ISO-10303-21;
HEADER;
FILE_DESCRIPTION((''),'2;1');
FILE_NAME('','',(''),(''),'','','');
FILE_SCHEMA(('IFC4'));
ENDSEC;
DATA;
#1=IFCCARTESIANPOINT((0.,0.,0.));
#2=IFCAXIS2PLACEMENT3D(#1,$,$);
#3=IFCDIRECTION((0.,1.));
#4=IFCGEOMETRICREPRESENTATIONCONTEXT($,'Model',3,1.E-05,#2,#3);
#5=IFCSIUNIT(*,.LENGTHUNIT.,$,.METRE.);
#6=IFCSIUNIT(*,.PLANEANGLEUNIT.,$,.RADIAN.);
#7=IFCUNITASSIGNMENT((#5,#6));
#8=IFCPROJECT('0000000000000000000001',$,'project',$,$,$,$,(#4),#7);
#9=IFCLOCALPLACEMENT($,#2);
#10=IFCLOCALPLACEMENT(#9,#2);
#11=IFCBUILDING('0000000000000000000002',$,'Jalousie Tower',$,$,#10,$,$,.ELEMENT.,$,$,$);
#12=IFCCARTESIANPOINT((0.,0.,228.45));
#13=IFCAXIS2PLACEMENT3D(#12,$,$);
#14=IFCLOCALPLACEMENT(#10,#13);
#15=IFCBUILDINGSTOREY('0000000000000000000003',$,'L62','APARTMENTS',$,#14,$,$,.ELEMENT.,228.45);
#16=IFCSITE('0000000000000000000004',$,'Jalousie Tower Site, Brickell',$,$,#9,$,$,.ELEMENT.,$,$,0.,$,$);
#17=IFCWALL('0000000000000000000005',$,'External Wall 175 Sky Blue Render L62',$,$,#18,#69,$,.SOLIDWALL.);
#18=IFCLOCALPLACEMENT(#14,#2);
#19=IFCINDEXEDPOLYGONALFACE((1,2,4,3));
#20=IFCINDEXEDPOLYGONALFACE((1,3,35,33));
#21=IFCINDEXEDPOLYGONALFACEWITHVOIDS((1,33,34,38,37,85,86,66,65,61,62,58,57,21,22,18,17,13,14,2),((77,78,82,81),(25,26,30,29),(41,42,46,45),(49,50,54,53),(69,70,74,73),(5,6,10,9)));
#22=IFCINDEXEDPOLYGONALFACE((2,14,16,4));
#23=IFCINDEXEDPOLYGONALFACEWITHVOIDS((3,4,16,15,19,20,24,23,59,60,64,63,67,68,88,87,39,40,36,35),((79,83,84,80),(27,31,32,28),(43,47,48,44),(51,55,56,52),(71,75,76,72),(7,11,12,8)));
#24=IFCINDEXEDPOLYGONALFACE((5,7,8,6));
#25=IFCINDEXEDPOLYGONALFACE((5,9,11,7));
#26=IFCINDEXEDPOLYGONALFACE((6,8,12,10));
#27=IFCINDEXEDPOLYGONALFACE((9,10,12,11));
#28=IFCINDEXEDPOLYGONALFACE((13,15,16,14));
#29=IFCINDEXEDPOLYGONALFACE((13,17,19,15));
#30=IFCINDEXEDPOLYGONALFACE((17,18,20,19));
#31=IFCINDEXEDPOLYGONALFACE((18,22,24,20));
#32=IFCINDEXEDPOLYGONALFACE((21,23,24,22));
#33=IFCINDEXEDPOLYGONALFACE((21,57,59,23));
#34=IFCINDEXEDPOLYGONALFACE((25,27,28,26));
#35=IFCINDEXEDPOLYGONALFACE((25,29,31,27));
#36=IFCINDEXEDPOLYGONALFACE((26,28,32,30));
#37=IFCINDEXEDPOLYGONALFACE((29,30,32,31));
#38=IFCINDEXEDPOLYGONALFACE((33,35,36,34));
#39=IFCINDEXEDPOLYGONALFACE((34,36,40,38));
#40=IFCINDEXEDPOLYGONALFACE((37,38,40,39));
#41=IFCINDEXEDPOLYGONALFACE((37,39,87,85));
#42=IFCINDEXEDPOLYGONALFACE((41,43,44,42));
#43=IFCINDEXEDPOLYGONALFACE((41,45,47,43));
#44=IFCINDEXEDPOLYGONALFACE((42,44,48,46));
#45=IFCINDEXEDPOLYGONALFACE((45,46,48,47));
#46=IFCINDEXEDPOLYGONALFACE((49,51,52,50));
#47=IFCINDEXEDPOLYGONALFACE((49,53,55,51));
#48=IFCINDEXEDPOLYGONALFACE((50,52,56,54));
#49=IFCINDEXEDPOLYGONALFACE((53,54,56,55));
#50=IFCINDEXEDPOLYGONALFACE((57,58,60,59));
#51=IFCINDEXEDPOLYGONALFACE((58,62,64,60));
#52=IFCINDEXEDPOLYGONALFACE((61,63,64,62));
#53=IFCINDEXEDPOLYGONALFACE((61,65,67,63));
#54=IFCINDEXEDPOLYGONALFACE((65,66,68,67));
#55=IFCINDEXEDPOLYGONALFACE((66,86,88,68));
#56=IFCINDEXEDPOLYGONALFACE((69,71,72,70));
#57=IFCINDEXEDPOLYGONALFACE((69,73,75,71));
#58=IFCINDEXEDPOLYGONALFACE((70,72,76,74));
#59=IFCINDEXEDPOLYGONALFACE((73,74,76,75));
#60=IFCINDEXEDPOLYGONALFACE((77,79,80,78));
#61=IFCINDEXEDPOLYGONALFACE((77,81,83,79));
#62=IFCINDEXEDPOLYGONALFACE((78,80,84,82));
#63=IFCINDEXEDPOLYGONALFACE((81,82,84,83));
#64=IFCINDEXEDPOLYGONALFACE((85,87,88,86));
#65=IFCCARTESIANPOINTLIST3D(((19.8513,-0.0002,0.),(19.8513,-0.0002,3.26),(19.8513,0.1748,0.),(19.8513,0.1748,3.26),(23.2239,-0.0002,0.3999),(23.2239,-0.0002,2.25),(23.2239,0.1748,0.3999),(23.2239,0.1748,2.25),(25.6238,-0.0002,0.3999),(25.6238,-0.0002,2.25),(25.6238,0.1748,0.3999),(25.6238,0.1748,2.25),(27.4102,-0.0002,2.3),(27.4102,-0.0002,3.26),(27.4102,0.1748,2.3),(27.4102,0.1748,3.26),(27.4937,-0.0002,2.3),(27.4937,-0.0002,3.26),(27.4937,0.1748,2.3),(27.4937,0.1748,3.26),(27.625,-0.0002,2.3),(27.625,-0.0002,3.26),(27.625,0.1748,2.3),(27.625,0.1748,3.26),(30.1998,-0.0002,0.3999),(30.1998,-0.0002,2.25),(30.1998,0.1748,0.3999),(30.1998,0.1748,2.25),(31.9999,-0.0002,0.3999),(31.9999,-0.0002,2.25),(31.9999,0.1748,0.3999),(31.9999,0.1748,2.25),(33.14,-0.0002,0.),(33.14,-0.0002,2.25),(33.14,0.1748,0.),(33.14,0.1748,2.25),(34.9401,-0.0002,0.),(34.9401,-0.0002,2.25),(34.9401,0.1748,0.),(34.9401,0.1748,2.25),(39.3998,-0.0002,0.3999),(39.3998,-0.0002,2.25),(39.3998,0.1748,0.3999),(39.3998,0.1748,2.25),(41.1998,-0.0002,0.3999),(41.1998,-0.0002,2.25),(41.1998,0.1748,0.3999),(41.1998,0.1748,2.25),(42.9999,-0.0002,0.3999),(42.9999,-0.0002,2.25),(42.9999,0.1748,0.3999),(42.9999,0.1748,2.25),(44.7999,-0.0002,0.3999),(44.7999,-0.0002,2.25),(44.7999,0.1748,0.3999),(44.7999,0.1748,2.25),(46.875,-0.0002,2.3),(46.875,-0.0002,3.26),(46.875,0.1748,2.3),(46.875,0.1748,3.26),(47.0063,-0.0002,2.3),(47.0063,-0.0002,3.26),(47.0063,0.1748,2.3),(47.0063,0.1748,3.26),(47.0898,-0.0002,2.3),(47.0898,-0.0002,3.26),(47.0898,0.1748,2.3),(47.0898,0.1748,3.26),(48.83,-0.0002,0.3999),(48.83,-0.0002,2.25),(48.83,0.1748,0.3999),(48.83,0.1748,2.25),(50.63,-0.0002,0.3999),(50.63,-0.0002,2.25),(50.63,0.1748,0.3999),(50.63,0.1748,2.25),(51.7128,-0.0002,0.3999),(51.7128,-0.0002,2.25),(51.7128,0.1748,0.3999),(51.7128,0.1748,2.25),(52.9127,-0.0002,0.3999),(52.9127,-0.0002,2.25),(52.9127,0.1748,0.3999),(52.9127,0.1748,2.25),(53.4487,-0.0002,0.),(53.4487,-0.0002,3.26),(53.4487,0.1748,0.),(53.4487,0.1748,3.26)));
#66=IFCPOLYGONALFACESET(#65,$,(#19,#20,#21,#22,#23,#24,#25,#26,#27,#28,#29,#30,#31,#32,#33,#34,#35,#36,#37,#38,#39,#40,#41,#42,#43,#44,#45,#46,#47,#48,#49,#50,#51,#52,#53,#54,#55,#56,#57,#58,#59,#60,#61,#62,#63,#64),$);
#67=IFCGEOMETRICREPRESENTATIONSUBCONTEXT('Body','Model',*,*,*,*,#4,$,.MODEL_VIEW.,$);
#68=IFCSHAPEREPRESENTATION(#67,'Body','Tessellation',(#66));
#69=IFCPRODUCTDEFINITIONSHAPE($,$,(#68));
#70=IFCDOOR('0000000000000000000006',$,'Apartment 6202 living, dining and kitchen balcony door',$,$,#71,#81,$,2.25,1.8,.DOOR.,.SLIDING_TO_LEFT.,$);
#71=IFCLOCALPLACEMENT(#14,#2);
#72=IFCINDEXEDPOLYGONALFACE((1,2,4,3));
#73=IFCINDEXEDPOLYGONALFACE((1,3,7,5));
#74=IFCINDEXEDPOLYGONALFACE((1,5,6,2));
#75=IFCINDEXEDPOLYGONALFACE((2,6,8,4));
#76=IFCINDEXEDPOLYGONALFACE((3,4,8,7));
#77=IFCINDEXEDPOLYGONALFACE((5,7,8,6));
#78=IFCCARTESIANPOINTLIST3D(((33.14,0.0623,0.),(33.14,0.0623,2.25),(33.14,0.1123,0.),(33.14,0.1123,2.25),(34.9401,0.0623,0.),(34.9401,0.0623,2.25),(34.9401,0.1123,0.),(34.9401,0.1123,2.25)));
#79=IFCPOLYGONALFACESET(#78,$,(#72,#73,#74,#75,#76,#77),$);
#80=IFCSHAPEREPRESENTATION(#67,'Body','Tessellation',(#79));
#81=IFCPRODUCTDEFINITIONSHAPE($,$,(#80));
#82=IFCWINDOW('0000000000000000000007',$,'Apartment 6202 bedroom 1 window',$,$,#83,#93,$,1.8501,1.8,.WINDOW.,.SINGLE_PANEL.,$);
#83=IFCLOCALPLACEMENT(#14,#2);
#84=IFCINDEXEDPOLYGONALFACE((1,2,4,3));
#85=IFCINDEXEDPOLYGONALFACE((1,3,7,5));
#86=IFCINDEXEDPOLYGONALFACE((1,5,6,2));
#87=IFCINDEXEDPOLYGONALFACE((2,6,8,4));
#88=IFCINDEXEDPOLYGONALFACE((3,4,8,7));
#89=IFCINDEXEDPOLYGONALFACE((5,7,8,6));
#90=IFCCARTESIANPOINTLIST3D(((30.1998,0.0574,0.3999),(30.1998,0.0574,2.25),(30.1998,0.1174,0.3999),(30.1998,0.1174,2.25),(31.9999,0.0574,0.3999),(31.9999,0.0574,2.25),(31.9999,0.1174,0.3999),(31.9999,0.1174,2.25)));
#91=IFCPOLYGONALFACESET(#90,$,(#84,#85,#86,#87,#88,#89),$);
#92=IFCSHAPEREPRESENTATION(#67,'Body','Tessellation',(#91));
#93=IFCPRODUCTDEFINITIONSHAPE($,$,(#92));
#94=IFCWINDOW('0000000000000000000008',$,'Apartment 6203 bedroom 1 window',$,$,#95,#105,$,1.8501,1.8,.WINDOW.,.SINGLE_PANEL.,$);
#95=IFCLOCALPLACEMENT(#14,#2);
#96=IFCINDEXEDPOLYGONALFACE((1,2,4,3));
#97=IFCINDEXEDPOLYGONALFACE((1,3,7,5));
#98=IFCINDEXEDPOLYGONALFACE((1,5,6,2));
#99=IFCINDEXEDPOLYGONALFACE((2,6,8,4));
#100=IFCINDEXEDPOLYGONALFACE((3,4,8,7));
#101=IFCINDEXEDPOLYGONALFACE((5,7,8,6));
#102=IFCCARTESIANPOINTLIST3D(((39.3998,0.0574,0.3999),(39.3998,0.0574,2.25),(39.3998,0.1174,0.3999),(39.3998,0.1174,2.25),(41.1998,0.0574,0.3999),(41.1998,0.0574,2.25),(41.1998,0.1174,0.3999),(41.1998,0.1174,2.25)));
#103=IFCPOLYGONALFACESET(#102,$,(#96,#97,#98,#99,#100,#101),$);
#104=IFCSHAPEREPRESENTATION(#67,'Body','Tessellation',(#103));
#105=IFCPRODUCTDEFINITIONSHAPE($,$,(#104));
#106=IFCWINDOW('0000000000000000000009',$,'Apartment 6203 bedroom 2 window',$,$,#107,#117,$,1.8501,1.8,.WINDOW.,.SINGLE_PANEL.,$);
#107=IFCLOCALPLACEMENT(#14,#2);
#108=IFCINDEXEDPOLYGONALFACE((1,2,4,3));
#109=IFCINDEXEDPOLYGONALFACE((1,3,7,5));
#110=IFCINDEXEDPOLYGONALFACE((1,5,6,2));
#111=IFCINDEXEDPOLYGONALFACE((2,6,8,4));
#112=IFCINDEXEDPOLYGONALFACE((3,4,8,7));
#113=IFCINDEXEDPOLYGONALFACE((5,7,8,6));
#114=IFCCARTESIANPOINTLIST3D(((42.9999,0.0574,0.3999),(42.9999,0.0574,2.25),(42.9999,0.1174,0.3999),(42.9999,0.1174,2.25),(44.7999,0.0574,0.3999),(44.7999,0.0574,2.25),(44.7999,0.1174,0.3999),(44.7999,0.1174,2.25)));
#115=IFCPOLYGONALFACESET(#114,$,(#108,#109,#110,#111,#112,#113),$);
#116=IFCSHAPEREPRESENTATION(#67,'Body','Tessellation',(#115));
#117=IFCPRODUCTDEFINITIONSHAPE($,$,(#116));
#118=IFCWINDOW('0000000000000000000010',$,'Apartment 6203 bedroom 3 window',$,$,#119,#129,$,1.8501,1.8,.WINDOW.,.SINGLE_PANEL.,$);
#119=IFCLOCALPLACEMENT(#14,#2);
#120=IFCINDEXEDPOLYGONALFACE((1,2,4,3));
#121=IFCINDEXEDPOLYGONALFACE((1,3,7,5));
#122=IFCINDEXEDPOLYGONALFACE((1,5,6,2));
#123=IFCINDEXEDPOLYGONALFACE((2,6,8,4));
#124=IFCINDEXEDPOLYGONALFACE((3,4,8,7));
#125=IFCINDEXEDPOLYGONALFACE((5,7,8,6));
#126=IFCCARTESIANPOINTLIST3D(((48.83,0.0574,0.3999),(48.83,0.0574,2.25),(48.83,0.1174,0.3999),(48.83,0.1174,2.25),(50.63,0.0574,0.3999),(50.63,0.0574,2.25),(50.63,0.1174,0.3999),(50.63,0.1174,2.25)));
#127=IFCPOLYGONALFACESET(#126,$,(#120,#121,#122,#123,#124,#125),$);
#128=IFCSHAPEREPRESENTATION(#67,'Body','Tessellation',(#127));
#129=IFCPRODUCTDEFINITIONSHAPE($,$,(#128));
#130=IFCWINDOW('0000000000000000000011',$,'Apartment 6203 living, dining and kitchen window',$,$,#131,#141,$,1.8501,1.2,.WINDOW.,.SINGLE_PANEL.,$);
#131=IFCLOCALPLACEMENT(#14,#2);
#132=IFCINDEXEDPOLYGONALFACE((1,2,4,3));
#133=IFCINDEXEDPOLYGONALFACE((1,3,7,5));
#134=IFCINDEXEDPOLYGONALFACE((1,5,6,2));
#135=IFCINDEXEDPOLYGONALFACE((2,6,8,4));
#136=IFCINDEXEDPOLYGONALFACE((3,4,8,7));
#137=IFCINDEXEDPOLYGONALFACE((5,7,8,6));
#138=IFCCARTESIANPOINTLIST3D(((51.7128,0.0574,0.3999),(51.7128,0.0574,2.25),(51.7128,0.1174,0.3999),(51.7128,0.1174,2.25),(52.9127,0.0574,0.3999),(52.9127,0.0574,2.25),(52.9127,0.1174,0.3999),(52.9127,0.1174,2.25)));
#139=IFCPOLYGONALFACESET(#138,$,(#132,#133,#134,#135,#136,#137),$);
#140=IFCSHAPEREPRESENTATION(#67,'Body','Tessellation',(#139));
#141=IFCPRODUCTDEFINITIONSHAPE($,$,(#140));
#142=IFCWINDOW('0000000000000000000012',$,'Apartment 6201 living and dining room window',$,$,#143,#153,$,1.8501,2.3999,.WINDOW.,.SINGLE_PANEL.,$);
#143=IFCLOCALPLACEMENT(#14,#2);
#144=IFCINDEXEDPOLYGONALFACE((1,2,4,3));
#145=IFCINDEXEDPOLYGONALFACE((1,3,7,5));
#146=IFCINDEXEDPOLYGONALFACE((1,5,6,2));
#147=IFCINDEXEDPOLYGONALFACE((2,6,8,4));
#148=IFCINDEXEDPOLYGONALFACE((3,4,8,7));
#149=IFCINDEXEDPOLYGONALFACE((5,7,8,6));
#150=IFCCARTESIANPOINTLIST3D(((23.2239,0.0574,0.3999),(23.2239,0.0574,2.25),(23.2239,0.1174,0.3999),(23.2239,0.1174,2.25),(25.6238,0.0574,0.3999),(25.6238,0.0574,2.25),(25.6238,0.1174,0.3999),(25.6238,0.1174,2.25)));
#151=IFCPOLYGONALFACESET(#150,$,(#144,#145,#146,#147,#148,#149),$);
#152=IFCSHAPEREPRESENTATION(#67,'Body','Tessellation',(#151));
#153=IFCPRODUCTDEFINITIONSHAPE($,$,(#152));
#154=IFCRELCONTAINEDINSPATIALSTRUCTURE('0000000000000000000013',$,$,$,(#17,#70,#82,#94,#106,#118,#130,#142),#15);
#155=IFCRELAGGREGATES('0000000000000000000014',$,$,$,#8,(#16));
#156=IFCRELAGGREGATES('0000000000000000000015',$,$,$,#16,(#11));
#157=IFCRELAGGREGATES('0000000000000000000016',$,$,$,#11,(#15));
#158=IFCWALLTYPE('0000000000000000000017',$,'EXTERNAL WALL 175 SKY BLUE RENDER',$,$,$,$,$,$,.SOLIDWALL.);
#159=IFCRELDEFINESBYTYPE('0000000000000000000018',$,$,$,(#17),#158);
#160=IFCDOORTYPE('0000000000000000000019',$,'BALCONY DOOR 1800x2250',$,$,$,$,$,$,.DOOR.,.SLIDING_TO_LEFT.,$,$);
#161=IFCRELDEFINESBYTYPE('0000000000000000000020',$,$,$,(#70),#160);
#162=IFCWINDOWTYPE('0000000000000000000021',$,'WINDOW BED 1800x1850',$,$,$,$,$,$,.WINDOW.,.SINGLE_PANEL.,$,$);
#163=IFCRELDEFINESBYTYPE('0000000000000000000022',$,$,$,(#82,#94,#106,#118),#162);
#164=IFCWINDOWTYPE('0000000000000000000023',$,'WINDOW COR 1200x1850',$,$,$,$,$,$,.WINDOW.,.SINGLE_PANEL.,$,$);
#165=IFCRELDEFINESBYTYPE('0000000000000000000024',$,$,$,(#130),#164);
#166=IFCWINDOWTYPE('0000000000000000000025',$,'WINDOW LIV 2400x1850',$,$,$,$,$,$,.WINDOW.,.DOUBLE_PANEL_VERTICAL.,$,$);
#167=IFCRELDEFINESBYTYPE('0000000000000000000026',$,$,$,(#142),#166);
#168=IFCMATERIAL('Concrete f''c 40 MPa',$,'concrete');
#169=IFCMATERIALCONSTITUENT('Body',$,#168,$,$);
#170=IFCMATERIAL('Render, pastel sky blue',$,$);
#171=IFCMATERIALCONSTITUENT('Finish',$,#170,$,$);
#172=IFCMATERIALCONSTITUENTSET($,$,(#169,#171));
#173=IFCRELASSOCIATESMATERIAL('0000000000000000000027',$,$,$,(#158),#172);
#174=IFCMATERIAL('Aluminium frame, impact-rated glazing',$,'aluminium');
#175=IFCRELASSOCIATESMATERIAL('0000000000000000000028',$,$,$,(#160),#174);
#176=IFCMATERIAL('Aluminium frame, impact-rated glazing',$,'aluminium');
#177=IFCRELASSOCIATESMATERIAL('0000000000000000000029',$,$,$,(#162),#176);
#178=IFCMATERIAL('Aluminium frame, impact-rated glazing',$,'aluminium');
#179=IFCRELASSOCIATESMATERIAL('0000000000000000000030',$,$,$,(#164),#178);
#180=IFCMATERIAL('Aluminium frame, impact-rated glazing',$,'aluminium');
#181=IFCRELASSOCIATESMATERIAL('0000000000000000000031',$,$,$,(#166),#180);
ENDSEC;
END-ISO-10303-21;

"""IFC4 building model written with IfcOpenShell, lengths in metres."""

from ifc_helpers import new_model, si_unit, direction, frame, frame_2d, origin, place, context, subcontext, project, spatial, polyline, rectangle, outline, extrude, material, constituent, constituent_set, type_object, element, fill, save


model = new_model("IFC4")

# Units and contexts
model_context = context("Model", 3, precision=1e-05, world=origin(), true_north=direction((0.0, 1.0)))
body_context = subcontext(model_context, "Body", "Model", "MODEL_VIEW")
ifc_project = project(units=[si_unit("LENGTHUNIT", "METRE"), si_unit("PLANEANGLEUNIT", "RADIAN")], contexts=[model_context])

# Site, building, storey
site_placement = place(None, origin())
site = spatial("IfcSite", under=ifc_project, at=site_placement, Name="Jalousie Tower Site, Brickell", CompositionType="ELEMENT", RefElevation=0.0)
building_placement = place(site_placement, origin())
building = spatial("IfcBuilding", under=site, at=building_placement, Name="Jalousie Tower", CompositionType="ELEMENT")
storey_placement = place(building_placement, frame((0.0, 0.0, 228.45)))
storey = spatial("IfcBuildingStorey", under=building, at=storey_placement, Name="L62", Description="APARTMENTS", CompositionType="ELEMENT", Elevation=228.45)

# Wall, openings, door, windows
ifc_material_1 = material(Name="Concrete f'c 40 MPa", Category="concrete")
ifc_constituent_1 = constituent(ifc_material_1, Name="Body")
ifc_material_2 = material(Name="Render, pastel sky blue")
ifc_constituent_2 = constituent(ifc_material_2, Name="Finish")
ifc_constituent_set_1 = constituent_set(constituents=[ifc_constituent_1, ifc_constituent_2])
wall_type_1 = type_object("IfcWallType", Name="EXTERNAL WALL 175 SKY BLUE RENDER", PredefinedType="SOLIDWALL", material=ifc_constituent_set_1)
wall_1_placement = place(storey_placement, frame((19.8513, 0.0874, 0.0), z_axis=(0.0, 0.0, 1.0), x_axis=(1.0, 0.0, 0.0)))
wall_1 = element("IfcWall", 1, at=wall_1_placement, inside=storey, type_object=wall_type_1, Name="External Wall 175 Sky Blue Render L62", PredefinedType="SOLIDWALL", context=body_context, shape_type="SweptSolid", body=[
    extrude(outline(polyline([(0.0, 0.0), (33.5974, 0.0), (33.5974, 3.26), (27.2385, 3.26), (27.2385, 2.3), (27.155, 2.3), (27.155, 3.26), (27.0237, 3.26), (27.0237, 2.3), (7.7737, 2.3), (7.7737, 3.26), (7.6423, 3.26), (7.6423, 2.3), (7.5588, 2.3), (7.5588, 3.26), (0.0, 3.26), (0.0, 0.0)])), frame((0.0, 0.0874, 0.0), z_axis=(0.0, -1.0, 0.0), x_axis=(1.0, 0.0, 0.0)), (0.0, 0.0, 1.0), 0.175),
])
opening_1_placement = place(wall_1_placement, frame((3.3726, 0.0, 0.3999)))
opening_1 = element("IfcOpeningElement", 2, at=opening_1_placement, cuts=wall_1, PredefinedType="OPENING", context=body_context, shape_type="SweptSolid", body=[
    extrude(rectangle(XDim=2.3999, YDim=1.8501, at=frame_2d((1.2, 0.925))), frame((0.0, 0.0974, 0.0), z_axis=(0.0, -1.0, 0.0), x_axis=(1.0, 0.0, 0.0)), (0.0, 0.0, 1.0), 0.1951),
])
opening_2_placement = place(wall_1_placement, frame((10.3486, 0.0, 0.3999)))
opening_2 = element("IfcOpeningElement", 3, at=opening_2_placement, cuts=wall_1, PredefinedType="OPENING", context=body_context, shape_type="SweptSolid", body=[
    extrude(rectangle(XDim=1.8, YDim=1.8501, at=frame_2d((0.8999, 0.925))), frame((0.0, 0.0974, 0.0), z_axis=(0.0, -1.0, 0.0), x_axis=(1.0, 0.0, 0.0)), (0.0, 0.0, 1.0), 0.1951),
])
opening_3_placement = place(wall_1_placement, frame((13.2888, 0.0, 0.0)))
opening_3 = element("IfcOpeningElement", 4, at=opening_3_placement, cuts=wall_1, PredefinedType="OPENING", context=body_context, shape_type="SweptSolid", body=[
    extrude(rectangle(XDim=1.8, YDim=2.25, at=frame_2d((0.8999, 1.125))), frame((0.0, 0.0974, 0.0), z_axis=(0.0, -1.0, 0.0), x_axis=(1.0, 0.0, 0.0)), (0.0, 0.0, 1.0), 0.1951),
])
opening_4_placement = place(wall_1_placement, frame((19.5486, 0.0, 0.3999)))
opening_4 = element("IfcOpeningElement", 5, at=opening_4_placement, cuts=wall_1, PredefinedType="OPENING", context=body_context, shape_type="SweptSolid", body=[
    extrude(rectangle(XDim=1.8, YDim=1.8501, at=frame_2d((0.8999, 0.925))), frame((0.0, 0.0974, 0.0), z_axis=(0.0, -1.0, 0.0), x_axis=(1.0, 0.0, 0.0)), (0.0, 0.0, 1.0), 0.1951),
])
opening_5_placement = place(wall_1_placement, frame((23.1487, 0.0, 0.3999)))
opening_5 = element("IfcOpeningElement", 6, at=opening_5_placement, cuts=wall_1, PredefinedType="OPENING", context=body_context, shape_type="SweptSolid", body=[
    extrude(rectangle(XDim=1.8, YDim=1.8501, at=frame_2d((0.8999, 0.925))), frame((0.0, 0.0974, 0.0), z_axis=(0.0, -1.0, 0.0), x_axis=(1.0, 0.0, 0.0)), (0.0, 0.0, 1.0), 0.1951),
])
opening_6_placement = place(wall_1_placement, frame((28.9788, 0.0, 0.3999)))
opening_6 = element("IfcOpeningElement", 7, at=opening_6_placement, cuts=wall_1, PredefinedType="OPENING", context=body_context, shape_type="SweptSolid", body=[
    extrude(rectangle(XDim=1.8, YDim=1.8501, at=frame_2d((0.8999, 0.925))), frame((0.0, 0.0974, 0.0), z_axis=(0.0, -1.0, 0.0), x_axis=(1.0, 0.0, 0.0)), (0.0, 0.0, 1.0), 0.1951),
])
opening_7_placement = place(wall_1_placement, frame((31.8613, 0.0, 0.3999)))
opening_7 = element("IfcOpeningElement", 8, at=opening_7_placement, cuts=wall_1, PredefinedType="OPENING", context=body_context, shape_type="SweptSolid", body=[
    extrude(rectangle(XDim=1.2, YDim=1.8501, at=frame_2d((0.6001, 0.925))), frame((0.0, 0.0974, 0.0), z_axis=(0.0, -1.0, 0.0), x_axis=(1.0, 0.0, 0.0)), (0.0, 0.0, 1.0), 0.1951),
])
ifc_material_3 = material(Name="Aluminium frame, impact-rated glazing", Category="aluminium")
door_type_1 = type_object("IfcDoorType", Name="BALCONY DOOR 1800x2250", OperationType="SLIDING_TO_LEFT", PredefinedType="DOOR", material=ifc_material_3)
door_1_placement = place(opening_3_placement, origin())
door_1 = element("IfcDoor", 9, at=door_1_placement, inside=storey, type_object=door_type_1, Name="Apartment 6202 living, dining and kitchen balcony door", OperationType="SLIDING_TO_LEFT", OverallHeight=2.25, OverallWidth=1.8, PredefinedType="DOOR", context=body_context, shape_type="SweptSolid", body=[
    extrude(rectangle(XDim=1.8, YDim=2.25, at=frame_2d((0.8999, 1.125))), frame((0.0, 0.0249, 0.0), z_axis=(0.0, -1.0, 0.0), x_axis=(1.0, 0.0, 0.0)), (0.0, 0.0, 1.0), 0.05),
])
fill(opening_3, door_1)
ifc_material_4 = material(Name="Aluminium frame, impact-rated glazing", Category="aluminium")
window_type_1 = type_object("IfcWindowType", Name="WINDOW BED 1800x1850", PartitioningType="SINGLE_PANEL", PredefinedType="WINDOW", material=ifc_material_4)
window_1_placement = place(opening_2_placement, origin())
window_1 = element("IfcWindow", 10, at=window_1_placement, inside=storey, type_object=window_type_1, Name="Apartment 6202 bedroom 1 window", OverallHeight=1.8501, OverallWidth=1.8, PartitioningType="SINGLE_PANEL", PredefinedType="WINDOW", context=body_context, shape_type="SweptSolid", body=[
    extrude(rectangle(XDim=1.8, YDim=1.8501, at=frame_2d((0.8999, 0.925))), frame((0.0, 0.03, 0.0), z_axis=(0.0, -1.0, 0.0), x_axis=(1.0, 0.0, 0.0)), (0.0, 0.0, 1.0), 0.0601),
])
fill(opening_2, window_1)
window_2_placement = place(opening_4_placement, origin())
window_2 = element("IfcWindow", 11, at=window_2_placement, inside=storey, type_object=window_type_1, Name="Apartment 6203 bedroom 1 window", OverallHeight=1.8501, OverallWidth=1.8, PartitioningType="SINGLE_PANEL", PredefinedType="WINDOW", context=body_context, shape_type="SweptSolid", body=[
    extrude(rectangle(XDim=1.8, YDim=1.8501, at=frame_2d((0.8999, 0.925))), frame((0.0, 0.03, 0.0), z_axis=(0.0, -1.0, 0.0), x_axis=(1.0, 0.0, 0.0)), (0.0, 0.0, 1.0), 0.0601),
])
fill(opening_4, window_2)
window_3_placement = place(opening_5_placement, origin())
window_3 = element("IfcWindow", 12, at=window_3_placement, inside=storey, type_object=window_type_1, Name="Apartment 6203 bedroom 2 window", OverallHeight=1.8501, OverallWidth=1.8, PartitioningType="SINGLE_PANEL", PredefinedType="WINDOW", context=body_context, shape_type="SweptSolid", body=[
    extrude(rectangle(XDim=1.8, YDim=1.8501, at=frame_2d((0.8999, 0.925))), frame((0.0, 0.03, 0.0), z_axis=(0.0, -1.0, 0.0), x_axis=(1.0, 0.0, 0.0)), (0.0, 0.0, 1.0), 0.0601),
])
fill(opening_5, window_3)
window_4_placement = place(opening_6_placement, origin())
window_4 = element("IfcWindow", 13, at=window_4_placement, inside=storey, type_object=window_type_1, Name="Apartment 6203 bedroom 3 window", OverallHeight=1.8501, OverallWidth=1.8, PartitioningType="SINGLE_PANEL", PredefinedType="WINDOW", context=body_context, shape_type="SweptSolid", body=[
    extrude(rectangle(XDim=1.8, YDim=1.8501, at=frame_2d((0.8999, 0.925))), frame((0.0, 0.03, 0.0), z_axis=(0.0, -1.0, 0.0), x_axis=(1.0, 0.0, 0.0)), (0.0, 0.0, 1.0), 0.0601),
])
fill(opening_6, window_4)
ifc_material_5 = material(Name="Aluminium frame, impact-rated glazing", Category="aluminium")
window_type_2 = type_object("IfcWindowType", Name="WINDOW COR 1200x1850", PartitioningType="SINGLE_PANEL", PredefinedType="WINDOW", material=ifc_material_5)
window_5_placement = place(opening_7_placement, origin())
window_5 = element("IfcWindow", 14, at=window_5_placement, inside=storey, type_object=window_type_2, Name="Apartment 6203 living, dining and kitchen window", OverallHeight=1.8501, OverallWidth=1.2, PartitioningType="SINGLE_PANEL", PredefinedType="WINDOW", context=body_context, shape_type="SweptSolid", body=[
    extrude(rectangle(XDim=1.2, YDim=1.8501, at=frame_2d((0.6001, 0.925))), frame((0.0, 0.03, 0.0), z_axis=(0.0, -1.0, 0.0), x_axis=(1.0, 0.0, 0.0)), (0.0, 0.0, 1.0), 0.0601),
])
fill(opening_7, window_5)
ifc_material_6 = material(Name="Aluminium frame, impact-rated glazing", Category="aluminium")
window_type_3 = type_object("IfcWindowType", Name="WINDOW LIV 2400x1850", PartitioningType="DOUBLE_PANEL_VERTICAL", PredefinedType="WINDOW", material=ifc_material_6)
window_6_placement = place(opening_1_placement, origin())
window_6 = element("IfcWindow", 15, at=window_6_placement, inside=storey, type_object=window_type_3, Name="Apartment 6201 living and dining room window", OverallHeight=1.8501, OverallWidth=2.3999, PartitioningType="SINGLE_PANEL", PredefinedType="WINDOW", context=body_context, shape_type="SweptSolid", body=[
    extrude(rectangle(XDim=2.3999, YDim=1.8501, at=frame_2d((1.2, 0.925))), frame((0.0, 0.03, 0.0), z_axis=(0.0, -1.0, 0.0), x_axis=(1.0, 0.0, 0.0)), (0.0, 0.0, 1.0), 0.0601),
])
fill(opening_1, window_6)

save(model, "model.ifc")
